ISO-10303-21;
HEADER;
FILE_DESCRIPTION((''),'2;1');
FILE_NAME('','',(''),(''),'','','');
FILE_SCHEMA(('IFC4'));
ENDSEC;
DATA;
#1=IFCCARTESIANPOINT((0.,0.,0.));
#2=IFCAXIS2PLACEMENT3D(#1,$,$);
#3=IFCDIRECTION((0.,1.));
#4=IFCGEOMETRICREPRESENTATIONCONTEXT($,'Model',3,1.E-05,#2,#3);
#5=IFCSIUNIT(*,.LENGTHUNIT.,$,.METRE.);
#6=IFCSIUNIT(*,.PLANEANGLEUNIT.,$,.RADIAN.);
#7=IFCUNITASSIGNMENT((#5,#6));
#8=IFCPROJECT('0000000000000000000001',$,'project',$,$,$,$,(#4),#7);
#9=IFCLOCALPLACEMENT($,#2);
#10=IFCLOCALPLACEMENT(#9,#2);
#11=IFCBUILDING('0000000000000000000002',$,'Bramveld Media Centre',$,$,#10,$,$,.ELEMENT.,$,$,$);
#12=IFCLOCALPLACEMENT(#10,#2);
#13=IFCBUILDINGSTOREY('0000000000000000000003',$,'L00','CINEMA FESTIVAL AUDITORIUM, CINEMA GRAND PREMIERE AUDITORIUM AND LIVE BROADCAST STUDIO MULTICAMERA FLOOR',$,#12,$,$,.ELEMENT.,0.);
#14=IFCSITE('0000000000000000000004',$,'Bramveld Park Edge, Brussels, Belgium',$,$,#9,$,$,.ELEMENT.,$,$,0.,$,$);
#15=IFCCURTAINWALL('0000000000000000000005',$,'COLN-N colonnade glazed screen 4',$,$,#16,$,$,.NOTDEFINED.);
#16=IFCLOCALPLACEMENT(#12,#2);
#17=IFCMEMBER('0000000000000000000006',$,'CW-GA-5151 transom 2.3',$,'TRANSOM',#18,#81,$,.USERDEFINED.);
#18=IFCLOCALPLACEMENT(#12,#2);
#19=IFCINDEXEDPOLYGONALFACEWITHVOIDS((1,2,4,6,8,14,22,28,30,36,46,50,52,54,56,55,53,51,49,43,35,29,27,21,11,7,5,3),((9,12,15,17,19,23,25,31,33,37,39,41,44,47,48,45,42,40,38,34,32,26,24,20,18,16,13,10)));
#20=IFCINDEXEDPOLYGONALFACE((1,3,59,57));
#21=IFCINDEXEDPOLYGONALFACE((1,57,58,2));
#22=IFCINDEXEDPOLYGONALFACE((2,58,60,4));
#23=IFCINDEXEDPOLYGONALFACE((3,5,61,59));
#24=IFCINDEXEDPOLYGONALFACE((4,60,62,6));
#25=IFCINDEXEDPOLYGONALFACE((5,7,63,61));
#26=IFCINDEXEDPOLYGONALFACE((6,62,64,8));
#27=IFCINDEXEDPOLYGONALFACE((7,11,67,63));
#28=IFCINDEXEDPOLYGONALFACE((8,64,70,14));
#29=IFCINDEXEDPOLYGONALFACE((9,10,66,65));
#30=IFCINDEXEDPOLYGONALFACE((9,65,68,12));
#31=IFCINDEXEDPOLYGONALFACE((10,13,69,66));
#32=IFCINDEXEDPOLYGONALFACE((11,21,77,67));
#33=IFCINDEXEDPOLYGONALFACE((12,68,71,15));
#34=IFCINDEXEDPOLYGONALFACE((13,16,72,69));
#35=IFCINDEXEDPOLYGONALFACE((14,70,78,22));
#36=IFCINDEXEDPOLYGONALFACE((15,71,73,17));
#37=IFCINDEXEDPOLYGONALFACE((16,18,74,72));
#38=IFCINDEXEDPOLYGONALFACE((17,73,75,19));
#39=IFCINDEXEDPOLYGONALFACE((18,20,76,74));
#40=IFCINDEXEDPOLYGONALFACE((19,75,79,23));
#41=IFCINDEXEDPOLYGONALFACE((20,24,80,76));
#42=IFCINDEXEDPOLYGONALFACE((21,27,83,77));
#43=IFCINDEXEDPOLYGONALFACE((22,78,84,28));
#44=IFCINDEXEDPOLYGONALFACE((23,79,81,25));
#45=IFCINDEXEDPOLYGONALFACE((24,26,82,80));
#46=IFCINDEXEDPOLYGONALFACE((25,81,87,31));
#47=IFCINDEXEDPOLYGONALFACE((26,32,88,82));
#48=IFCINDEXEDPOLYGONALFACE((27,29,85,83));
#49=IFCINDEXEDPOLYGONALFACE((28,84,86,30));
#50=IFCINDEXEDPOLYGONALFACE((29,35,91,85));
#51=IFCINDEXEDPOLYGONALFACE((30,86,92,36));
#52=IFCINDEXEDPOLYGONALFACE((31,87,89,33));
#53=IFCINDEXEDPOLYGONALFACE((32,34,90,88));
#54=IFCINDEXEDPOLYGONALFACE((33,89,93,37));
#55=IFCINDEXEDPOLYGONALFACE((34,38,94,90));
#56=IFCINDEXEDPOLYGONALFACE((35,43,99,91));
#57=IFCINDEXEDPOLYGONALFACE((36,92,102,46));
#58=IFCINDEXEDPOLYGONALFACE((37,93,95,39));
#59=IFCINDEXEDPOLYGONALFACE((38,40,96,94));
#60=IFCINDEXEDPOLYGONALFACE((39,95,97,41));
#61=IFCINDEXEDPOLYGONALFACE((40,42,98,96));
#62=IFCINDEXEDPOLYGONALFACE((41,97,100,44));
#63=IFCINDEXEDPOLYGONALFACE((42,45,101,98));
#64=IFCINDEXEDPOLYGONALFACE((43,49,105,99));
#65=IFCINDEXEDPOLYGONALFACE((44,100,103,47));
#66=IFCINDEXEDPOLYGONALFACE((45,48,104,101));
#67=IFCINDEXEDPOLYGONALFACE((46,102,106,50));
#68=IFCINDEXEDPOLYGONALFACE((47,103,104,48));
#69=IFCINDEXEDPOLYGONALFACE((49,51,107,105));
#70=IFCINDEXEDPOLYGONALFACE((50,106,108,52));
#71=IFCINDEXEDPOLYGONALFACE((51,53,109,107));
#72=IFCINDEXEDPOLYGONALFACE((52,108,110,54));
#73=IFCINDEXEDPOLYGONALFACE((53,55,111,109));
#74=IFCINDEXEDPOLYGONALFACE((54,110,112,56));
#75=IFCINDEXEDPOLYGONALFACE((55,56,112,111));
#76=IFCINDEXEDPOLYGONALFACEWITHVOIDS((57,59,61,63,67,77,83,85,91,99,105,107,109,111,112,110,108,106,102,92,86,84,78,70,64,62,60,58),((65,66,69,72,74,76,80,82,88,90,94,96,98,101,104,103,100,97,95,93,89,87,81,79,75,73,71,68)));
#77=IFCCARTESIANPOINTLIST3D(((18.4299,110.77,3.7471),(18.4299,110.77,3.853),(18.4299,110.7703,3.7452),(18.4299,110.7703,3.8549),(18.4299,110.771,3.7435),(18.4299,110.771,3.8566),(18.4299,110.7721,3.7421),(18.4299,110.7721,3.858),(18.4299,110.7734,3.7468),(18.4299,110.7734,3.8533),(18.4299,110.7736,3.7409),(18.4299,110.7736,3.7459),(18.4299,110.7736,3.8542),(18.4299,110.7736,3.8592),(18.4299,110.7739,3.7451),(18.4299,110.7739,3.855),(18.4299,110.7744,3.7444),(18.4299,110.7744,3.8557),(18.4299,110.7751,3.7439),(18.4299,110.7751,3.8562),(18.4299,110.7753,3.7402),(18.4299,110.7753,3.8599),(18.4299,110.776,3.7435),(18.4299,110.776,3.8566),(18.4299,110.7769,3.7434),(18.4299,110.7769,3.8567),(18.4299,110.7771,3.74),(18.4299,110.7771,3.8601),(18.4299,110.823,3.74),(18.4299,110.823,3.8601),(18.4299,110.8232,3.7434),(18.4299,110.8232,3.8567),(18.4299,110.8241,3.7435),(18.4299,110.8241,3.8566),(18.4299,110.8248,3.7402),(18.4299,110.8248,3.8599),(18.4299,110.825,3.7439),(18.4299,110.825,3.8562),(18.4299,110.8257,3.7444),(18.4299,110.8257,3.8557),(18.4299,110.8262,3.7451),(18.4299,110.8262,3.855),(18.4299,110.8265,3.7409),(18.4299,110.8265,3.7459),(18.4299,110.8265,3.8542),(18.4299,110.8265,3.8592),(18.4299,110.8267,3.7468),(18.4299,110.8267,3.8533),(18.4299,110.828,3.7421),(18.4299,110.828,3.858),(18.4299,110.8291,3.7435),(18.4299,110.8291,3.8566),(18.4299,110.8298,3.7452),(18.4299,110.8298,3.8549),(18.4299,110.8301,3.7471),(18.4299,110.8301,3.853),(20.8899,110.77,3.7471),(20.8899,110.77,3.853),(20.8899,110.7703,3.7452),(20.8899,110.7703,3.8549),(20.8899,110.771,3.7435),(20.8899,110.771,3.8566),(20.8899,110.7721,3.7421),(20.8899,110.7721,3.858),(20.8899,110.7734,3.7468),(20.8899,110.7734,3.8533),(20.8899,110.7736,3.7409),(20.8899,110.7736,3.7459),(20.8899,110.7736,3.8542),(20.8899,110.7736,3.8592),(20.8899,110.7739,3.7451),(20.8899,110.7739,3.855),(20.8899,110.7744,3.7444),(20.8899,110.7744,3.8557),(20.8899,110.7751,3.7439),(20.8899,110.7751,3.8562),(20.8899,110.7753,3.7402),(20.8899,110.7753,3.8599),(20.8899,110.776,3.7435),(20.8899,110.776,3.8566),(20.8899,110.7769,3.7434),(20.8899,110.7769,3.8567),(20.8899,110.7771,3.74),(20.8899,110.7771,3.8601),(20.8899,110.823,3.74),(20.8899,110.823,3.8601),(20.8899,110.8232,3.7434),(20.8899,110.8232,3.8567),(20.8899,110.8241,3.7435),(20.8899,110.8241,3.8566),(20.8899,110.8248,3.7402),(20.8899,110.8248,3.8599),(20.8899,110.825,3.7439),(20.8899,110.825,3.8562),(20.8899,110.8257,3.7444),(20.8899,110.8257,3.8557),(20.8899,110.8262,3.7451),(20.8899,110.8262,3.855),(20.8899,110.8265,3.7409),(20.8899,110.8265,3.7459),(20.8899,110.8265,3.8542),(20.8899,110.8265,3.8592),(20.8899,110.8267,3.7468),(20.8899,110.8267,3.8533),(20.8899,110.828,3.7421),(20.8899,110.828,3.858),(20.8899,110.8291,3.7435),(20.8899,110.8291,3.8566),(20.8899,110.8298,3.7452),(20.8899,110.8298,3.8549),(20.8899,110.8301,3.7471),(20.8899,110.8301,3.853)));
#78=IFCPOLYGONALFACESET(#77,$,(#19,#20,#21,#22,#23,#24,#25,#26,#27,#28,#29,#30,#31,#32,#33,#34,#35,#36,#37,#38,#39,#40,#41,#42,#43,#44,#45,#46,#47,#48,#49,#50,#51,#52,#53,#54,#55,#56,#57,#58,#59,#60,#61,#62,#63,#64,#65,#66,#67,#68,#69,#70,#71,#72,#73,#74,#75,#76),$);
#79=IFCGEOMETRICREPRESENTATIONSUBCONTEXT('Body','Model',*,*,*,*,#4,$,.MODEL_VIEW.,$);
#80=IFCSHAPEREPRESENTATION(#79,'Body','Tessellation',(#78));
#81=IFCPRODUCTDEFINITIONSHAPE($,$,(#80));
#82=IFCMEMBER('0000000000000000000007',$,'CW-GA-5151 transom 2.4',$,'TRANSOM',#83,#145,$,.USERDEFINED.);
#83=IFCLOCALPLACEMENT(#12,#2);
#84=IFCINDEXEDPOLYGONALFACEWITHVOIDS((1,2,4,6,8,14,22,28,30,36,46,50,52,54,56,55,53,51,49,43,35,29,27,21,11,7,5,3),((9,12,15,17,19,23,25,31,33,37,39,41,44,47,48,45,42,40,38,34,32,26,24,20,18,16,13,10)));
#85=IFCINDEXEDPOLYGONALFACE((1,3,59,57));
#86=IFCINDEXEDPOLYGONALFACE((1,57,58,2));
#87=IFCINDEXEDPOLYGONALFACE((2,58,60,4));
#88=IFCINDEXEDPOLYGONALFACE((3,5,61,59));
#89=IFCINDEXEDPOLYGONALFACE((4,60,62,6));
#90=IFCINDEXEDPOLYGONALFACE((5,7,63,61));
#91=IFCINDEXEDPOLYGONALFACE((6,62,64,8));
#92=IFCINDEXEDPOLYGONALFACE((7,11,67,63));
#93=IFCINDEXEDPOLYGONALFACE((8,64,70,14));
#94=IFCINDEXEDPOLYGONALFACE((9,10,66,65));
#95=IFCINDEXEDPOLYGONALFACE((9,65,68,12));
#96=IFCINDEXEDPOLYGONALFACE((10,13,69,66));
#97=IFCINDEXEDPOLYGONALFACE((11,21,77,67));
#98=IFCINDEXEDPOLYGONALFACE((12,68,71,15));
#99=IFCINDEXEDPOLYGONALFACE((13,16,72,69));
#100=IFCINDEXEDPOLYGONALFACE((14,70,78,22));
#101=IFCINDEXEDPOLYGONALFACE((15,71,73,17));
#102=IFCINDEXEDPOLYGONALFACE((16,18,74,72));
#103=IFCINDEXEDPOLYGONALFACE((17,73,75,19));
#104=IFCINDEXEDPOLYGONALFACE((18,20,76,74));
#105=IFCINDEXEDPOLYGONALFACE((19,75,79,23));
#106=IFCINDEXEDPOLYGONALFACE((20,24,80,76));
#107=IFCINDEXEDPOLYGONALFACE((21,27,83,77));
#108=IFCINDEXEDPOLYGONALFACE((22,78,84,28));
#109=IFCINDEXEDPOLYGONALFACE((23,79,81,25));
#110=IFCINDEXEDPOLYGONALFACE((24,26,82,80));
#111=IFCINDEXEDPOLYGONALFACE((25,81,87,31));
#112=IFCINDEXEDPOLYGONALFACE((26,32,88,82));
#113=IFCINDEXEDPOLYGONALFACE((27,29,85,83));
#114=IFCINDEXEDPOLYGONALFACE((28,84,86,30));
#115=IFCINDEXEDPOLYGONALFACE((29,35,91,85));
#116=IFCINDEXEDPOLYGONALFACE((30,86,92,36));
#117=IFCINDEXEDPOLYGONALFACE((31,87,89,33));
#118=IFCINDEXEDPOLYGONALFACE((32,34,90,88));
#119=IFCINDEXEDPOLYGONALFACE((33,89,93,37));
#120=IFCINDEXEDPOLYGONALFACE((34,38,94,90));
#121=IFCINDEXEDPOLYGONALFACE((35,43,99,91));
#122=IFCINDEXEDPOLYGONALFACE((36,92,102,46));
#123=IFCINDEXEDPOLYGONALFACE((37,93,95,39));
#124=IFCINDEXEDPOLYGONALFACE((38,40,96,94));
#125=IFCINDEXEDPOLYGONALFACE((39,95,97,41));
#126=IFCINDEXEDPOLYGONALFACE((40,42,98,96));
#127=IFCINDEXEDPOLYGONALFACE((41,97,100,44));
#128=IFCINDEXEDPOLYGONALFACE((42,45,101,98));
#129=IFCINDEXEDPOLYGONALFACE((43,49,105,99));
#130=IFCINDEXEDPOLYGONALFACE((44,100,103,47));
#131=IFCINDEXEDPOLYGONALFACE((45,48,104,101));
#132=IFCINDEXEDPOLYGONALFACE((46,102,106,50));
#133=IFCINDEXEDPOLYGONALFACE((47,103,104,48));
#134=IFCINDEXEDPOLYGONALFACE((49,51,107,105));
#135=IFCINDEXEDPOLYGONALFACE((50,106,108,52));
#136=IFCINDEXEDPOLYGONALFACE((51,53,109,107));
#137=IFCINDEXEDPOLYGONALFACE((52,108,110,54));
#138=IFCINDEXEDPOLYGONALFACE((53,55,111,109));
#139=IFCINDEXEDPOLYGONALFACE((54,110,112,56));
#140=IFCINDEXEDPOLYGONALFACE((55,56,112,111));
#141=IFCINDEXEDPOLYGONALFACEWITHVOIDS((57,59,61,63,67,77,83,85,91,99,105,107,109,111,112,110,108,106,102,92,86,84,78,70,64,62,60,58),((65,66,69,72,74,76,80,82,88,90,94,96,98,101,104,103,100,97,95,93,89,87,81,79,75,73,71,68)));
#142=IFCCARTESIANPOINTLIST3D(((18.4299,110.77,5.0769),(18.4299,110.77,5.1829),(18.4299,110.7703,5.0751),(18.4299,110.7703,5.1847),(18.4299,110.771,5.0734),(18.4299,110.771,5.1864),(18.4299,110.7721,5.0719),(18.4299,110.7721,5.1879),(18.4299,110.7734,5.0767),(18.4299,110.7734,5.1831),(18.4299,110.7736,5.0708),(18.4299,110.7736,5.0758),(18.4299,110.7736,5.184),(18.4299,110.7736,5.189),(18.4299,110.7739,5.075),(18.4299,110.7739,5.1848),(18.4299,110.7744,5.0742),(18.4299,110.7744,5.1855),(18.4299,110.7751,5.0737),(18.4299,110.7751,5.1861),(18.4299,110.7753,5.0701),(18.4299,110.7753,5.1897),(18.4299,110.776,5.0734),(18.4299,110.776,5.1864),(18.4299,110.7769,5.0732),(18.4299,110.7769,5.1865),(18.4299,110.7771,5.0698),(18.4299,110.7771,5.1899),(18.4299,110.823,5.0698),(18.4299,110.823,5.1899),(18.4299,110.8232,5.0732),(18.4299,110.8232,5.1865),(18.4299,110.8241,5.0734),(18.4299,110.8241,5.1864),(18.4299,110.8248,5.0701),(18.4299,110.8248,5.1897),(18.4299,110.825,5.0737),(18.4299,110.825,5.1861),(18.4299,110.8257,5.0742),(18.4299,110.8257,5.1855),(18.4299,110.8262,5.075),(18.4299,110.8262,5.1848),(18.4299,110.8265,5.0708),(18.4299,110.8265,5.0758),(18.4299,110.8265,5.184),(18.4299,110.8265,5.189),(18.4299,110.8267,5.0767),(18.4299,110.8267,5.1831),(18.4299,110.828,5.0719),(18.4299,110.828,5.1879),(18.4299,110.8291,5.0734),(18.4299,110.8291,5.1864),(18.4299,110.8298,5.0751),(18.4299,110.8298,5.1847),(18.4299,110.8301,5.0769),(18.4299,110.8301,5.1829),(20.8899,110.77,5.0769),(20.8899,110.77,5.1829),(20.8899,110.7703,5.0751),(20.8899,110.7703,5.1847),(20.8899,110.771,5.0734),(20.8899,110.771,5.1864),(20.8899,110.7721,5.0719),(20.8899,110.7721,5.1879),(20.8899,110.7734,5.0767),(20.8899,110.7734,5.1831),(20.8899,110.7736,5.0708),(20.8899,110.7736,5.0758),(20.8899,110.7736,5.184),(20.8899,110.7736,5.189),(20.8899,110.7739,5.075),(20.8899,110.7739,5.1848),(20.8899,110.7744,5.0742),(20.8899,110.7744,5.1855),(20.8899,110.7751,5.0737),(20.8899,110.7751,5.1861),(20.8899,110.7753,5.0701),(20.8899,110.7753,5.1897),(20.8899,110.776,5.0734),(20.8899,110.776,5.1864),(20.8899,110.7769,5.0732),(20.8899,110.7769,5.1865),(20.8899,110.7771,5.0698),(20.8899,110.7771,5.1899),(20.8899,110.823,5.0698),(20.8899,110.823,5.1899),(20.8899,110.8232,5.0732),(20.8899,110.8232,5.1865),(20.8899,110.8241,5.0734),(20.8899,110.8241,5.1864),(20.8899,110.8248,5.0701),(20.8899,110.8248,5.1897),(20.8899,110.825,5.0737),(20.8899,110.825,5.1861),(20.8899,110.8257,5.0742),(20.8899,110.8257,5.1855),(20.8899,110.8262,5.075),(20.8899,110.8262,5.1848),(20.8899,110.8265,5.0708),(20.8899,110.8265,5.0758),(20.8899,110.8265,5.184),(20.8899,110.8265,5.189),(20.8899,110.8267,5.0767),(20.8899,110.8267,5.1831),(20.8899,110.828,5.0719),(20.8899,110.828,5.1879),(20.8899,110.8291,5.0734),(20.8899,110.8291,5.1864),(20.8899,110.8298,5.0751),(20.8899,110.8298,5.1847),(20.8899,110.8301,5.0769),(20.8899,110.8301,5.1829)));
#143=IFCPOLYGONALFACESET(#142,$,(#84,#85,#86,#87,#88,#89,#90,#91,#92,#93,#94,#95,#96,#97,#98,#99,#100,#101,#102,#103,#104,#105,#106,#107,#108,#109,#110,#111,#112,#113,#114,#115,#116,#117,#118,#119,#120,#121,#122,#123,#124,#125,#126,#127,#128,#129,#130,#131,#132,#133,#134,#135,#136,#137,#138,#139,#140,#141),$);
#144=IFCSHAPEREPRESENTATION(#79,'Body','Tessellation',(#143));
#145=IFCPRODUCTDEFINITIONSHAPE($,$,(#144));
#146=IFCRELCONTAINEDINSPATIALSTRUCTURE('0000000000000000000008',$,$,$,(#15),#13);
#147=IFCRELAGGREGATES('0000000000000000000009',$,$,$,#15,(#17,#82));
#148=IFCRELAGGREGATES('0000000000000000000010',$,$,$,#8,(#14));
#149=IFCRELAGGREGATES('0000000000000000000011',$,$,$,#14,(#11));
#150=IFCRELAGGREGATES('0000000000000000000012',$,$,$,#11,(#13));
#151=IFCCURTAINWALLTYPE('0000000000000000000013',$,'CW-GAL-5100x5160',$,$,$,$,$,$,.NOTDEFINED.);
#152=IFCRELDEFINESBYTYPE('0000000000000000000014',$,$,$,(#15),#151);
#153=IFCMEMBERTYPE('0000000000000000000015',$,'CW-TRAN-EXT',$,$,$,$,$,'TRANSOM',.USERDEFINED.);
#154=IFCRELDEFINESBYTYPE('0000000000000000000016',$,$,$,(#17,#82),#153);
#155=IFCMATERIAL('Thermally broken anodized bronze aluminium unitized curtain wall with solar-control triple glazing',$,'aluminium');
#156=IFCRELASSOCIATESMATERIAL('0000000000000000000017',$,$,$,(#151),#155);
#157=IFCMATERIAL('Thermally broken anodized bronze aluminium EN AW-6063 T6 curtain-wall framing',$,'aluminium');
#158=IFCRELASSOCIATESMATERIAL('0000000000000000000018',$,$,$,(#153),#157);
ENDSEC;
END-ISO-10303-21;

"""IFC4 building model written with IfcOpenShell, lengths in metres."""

from ifc_helpers import new_model, si_unit, direction, frame, origin, origin_2d, place, context, subcontext, project, spatial, hollow_rectangle, extrude, material, material_profile, profile_set, type_object, element, aggregate, save


model = new_model("IFC4")

# Units and contexts
model_context = context("Model", 3, precision=1e-05, world=origin(), true_north=direction((0.0, 1.0)))
body_context = subcontext(model_context, "Body", "Model", "MODEL_VIEW")
ifc_project = project(units=[si_unit("LENGTHUNIT", "METRE"), si_unit("PLANEANGLEUNIT", "RADIAN")], contexts=[model_context])

# Site, building, storey
site_placement = place(None, origin())
site = spatial("IfcSite", under=ifc_project, at=site_placement, Name="Bramveld Park Edge, Brussels, Belgium", CompositionType="ELEMENT", RefElevation=0.0)
building_placement = place(site_placement, origin())
building = spatial("IfcBuilding", under=site, at=building_placement, Name="Bramveld Media Centre", CompositionType="ELEMENT")
storey_placement = place(building_placement, origin())
storey = spatial("IfcBuildingStorey", under=building, at=storey_placement, Name="L00", Description="CINEMA FESTIVAL AUDITORIUM, CINEMA GRAND PREMIERE AUDITORIUM AND LIVE BROADCAST STUDIO MULTICAMERA FLOOR", CompositionType="ELEMENT", Elevation=0.0)

# Curtain wall
ifc_material_1 = material(Name="Thermally broken anodized bronze aluminium unitized curtain wall with solar-control triple glazing", Category="aluminium")
curtain_wall_type = type_object("IfcCurtainWallType", Name="CW-GAL-5100x5160", PredefinedType="NOTDEFINED", material=ifc_material_1)
curtain_wall_1_placement = place(storey_placement, origin())
curtain_wall_1 = element("IfcCurtainWall", 1, at=curtain_wall_1_placement, inside=storey, type_object=curtain_wall_type, Name="COLN-N colonnade glazed screen 4", PredefinedType="NOTDEFINED")

# Members
ifc_material_2 = material(Name="Thermally broken anodized bronze aluminium EN AW-6063 T6 curtain-wall framing", Category="aluminium")
ifc_material_profile_1 = material_profile(ifc_material_2, hollow_rectangle(XDim=0.0601, YDim=0.1201, WallThickness=0.0034, InnerFilletRadius=0.0034, OuterFilletRadius=0.0071, at=origin_2d()), Name="AL-TRAN 60x120")
ifc_profile_set_1 = profile_set([ifc_material_profile_1], Name="Thermally broken anodized bronze aluminium EN AW-6063 T6 curtain-wall framing")
member_type_1 = type_object("IfcMemberType", Name="CW-TRAN-EXT", ElementType="TRANSOM", PredefinedType="USERDEFINED", material=ifc_profile_set_1)
member_1_placement = place(storey_placement, frame((18.4299, 110.8, 3.8), z_axis=(1.0, 0.0, 0.0), x_axis=(0.0, 1.0, 0.0)))
member_1 = element("IfcMember", 2, at=member_1_placement, type_object=member_type_1, Name="CW-GA-5151 transom 2.3", ObjectType="TRANSOM", PredefinedType="USERDEFINED", context=body_context, shape_type="SweptSolid", body=[
    extrude(hollow_rectangle(XDim=0.0601, YDim=0.1201, WallThickness=0.0034, InnerFilletRadius=0.0034, OuterFilletRadius=0.0071, at=origin_2d()), origin(), (0.0, 0.0, 1.0), 2.46),
])
member_2_placement = place(storey_placement, frame((18.4299, 110.8, 5.1299), z_axis=(1.0, 0.0, 0.0), x_axis=(0.0, 1.0, 0.0)))
member_2 = element("IfcMember", 3, at=member_2_placement, type_object=member_type_1, Name="CW-GA-5151 transom 2.4", ObjectType="TRANSOM", PredefinedType="USERDEFINED", context=body_context, shape_type="SweptSolid", body=[
    extrude(hollow_rectangle(XDim=0.0601, YDim=0.1201, WallThickness=0.0034, InnerFilletRadius=0.0034, OuterFilletRadius=0.0071, at=origin_2d()), origin(), (0.0, 0.0, 1.0), 2.46),
])

aggregate(curtain_wall_1, [member_1, member_2])

save(model, "model.ifc")
